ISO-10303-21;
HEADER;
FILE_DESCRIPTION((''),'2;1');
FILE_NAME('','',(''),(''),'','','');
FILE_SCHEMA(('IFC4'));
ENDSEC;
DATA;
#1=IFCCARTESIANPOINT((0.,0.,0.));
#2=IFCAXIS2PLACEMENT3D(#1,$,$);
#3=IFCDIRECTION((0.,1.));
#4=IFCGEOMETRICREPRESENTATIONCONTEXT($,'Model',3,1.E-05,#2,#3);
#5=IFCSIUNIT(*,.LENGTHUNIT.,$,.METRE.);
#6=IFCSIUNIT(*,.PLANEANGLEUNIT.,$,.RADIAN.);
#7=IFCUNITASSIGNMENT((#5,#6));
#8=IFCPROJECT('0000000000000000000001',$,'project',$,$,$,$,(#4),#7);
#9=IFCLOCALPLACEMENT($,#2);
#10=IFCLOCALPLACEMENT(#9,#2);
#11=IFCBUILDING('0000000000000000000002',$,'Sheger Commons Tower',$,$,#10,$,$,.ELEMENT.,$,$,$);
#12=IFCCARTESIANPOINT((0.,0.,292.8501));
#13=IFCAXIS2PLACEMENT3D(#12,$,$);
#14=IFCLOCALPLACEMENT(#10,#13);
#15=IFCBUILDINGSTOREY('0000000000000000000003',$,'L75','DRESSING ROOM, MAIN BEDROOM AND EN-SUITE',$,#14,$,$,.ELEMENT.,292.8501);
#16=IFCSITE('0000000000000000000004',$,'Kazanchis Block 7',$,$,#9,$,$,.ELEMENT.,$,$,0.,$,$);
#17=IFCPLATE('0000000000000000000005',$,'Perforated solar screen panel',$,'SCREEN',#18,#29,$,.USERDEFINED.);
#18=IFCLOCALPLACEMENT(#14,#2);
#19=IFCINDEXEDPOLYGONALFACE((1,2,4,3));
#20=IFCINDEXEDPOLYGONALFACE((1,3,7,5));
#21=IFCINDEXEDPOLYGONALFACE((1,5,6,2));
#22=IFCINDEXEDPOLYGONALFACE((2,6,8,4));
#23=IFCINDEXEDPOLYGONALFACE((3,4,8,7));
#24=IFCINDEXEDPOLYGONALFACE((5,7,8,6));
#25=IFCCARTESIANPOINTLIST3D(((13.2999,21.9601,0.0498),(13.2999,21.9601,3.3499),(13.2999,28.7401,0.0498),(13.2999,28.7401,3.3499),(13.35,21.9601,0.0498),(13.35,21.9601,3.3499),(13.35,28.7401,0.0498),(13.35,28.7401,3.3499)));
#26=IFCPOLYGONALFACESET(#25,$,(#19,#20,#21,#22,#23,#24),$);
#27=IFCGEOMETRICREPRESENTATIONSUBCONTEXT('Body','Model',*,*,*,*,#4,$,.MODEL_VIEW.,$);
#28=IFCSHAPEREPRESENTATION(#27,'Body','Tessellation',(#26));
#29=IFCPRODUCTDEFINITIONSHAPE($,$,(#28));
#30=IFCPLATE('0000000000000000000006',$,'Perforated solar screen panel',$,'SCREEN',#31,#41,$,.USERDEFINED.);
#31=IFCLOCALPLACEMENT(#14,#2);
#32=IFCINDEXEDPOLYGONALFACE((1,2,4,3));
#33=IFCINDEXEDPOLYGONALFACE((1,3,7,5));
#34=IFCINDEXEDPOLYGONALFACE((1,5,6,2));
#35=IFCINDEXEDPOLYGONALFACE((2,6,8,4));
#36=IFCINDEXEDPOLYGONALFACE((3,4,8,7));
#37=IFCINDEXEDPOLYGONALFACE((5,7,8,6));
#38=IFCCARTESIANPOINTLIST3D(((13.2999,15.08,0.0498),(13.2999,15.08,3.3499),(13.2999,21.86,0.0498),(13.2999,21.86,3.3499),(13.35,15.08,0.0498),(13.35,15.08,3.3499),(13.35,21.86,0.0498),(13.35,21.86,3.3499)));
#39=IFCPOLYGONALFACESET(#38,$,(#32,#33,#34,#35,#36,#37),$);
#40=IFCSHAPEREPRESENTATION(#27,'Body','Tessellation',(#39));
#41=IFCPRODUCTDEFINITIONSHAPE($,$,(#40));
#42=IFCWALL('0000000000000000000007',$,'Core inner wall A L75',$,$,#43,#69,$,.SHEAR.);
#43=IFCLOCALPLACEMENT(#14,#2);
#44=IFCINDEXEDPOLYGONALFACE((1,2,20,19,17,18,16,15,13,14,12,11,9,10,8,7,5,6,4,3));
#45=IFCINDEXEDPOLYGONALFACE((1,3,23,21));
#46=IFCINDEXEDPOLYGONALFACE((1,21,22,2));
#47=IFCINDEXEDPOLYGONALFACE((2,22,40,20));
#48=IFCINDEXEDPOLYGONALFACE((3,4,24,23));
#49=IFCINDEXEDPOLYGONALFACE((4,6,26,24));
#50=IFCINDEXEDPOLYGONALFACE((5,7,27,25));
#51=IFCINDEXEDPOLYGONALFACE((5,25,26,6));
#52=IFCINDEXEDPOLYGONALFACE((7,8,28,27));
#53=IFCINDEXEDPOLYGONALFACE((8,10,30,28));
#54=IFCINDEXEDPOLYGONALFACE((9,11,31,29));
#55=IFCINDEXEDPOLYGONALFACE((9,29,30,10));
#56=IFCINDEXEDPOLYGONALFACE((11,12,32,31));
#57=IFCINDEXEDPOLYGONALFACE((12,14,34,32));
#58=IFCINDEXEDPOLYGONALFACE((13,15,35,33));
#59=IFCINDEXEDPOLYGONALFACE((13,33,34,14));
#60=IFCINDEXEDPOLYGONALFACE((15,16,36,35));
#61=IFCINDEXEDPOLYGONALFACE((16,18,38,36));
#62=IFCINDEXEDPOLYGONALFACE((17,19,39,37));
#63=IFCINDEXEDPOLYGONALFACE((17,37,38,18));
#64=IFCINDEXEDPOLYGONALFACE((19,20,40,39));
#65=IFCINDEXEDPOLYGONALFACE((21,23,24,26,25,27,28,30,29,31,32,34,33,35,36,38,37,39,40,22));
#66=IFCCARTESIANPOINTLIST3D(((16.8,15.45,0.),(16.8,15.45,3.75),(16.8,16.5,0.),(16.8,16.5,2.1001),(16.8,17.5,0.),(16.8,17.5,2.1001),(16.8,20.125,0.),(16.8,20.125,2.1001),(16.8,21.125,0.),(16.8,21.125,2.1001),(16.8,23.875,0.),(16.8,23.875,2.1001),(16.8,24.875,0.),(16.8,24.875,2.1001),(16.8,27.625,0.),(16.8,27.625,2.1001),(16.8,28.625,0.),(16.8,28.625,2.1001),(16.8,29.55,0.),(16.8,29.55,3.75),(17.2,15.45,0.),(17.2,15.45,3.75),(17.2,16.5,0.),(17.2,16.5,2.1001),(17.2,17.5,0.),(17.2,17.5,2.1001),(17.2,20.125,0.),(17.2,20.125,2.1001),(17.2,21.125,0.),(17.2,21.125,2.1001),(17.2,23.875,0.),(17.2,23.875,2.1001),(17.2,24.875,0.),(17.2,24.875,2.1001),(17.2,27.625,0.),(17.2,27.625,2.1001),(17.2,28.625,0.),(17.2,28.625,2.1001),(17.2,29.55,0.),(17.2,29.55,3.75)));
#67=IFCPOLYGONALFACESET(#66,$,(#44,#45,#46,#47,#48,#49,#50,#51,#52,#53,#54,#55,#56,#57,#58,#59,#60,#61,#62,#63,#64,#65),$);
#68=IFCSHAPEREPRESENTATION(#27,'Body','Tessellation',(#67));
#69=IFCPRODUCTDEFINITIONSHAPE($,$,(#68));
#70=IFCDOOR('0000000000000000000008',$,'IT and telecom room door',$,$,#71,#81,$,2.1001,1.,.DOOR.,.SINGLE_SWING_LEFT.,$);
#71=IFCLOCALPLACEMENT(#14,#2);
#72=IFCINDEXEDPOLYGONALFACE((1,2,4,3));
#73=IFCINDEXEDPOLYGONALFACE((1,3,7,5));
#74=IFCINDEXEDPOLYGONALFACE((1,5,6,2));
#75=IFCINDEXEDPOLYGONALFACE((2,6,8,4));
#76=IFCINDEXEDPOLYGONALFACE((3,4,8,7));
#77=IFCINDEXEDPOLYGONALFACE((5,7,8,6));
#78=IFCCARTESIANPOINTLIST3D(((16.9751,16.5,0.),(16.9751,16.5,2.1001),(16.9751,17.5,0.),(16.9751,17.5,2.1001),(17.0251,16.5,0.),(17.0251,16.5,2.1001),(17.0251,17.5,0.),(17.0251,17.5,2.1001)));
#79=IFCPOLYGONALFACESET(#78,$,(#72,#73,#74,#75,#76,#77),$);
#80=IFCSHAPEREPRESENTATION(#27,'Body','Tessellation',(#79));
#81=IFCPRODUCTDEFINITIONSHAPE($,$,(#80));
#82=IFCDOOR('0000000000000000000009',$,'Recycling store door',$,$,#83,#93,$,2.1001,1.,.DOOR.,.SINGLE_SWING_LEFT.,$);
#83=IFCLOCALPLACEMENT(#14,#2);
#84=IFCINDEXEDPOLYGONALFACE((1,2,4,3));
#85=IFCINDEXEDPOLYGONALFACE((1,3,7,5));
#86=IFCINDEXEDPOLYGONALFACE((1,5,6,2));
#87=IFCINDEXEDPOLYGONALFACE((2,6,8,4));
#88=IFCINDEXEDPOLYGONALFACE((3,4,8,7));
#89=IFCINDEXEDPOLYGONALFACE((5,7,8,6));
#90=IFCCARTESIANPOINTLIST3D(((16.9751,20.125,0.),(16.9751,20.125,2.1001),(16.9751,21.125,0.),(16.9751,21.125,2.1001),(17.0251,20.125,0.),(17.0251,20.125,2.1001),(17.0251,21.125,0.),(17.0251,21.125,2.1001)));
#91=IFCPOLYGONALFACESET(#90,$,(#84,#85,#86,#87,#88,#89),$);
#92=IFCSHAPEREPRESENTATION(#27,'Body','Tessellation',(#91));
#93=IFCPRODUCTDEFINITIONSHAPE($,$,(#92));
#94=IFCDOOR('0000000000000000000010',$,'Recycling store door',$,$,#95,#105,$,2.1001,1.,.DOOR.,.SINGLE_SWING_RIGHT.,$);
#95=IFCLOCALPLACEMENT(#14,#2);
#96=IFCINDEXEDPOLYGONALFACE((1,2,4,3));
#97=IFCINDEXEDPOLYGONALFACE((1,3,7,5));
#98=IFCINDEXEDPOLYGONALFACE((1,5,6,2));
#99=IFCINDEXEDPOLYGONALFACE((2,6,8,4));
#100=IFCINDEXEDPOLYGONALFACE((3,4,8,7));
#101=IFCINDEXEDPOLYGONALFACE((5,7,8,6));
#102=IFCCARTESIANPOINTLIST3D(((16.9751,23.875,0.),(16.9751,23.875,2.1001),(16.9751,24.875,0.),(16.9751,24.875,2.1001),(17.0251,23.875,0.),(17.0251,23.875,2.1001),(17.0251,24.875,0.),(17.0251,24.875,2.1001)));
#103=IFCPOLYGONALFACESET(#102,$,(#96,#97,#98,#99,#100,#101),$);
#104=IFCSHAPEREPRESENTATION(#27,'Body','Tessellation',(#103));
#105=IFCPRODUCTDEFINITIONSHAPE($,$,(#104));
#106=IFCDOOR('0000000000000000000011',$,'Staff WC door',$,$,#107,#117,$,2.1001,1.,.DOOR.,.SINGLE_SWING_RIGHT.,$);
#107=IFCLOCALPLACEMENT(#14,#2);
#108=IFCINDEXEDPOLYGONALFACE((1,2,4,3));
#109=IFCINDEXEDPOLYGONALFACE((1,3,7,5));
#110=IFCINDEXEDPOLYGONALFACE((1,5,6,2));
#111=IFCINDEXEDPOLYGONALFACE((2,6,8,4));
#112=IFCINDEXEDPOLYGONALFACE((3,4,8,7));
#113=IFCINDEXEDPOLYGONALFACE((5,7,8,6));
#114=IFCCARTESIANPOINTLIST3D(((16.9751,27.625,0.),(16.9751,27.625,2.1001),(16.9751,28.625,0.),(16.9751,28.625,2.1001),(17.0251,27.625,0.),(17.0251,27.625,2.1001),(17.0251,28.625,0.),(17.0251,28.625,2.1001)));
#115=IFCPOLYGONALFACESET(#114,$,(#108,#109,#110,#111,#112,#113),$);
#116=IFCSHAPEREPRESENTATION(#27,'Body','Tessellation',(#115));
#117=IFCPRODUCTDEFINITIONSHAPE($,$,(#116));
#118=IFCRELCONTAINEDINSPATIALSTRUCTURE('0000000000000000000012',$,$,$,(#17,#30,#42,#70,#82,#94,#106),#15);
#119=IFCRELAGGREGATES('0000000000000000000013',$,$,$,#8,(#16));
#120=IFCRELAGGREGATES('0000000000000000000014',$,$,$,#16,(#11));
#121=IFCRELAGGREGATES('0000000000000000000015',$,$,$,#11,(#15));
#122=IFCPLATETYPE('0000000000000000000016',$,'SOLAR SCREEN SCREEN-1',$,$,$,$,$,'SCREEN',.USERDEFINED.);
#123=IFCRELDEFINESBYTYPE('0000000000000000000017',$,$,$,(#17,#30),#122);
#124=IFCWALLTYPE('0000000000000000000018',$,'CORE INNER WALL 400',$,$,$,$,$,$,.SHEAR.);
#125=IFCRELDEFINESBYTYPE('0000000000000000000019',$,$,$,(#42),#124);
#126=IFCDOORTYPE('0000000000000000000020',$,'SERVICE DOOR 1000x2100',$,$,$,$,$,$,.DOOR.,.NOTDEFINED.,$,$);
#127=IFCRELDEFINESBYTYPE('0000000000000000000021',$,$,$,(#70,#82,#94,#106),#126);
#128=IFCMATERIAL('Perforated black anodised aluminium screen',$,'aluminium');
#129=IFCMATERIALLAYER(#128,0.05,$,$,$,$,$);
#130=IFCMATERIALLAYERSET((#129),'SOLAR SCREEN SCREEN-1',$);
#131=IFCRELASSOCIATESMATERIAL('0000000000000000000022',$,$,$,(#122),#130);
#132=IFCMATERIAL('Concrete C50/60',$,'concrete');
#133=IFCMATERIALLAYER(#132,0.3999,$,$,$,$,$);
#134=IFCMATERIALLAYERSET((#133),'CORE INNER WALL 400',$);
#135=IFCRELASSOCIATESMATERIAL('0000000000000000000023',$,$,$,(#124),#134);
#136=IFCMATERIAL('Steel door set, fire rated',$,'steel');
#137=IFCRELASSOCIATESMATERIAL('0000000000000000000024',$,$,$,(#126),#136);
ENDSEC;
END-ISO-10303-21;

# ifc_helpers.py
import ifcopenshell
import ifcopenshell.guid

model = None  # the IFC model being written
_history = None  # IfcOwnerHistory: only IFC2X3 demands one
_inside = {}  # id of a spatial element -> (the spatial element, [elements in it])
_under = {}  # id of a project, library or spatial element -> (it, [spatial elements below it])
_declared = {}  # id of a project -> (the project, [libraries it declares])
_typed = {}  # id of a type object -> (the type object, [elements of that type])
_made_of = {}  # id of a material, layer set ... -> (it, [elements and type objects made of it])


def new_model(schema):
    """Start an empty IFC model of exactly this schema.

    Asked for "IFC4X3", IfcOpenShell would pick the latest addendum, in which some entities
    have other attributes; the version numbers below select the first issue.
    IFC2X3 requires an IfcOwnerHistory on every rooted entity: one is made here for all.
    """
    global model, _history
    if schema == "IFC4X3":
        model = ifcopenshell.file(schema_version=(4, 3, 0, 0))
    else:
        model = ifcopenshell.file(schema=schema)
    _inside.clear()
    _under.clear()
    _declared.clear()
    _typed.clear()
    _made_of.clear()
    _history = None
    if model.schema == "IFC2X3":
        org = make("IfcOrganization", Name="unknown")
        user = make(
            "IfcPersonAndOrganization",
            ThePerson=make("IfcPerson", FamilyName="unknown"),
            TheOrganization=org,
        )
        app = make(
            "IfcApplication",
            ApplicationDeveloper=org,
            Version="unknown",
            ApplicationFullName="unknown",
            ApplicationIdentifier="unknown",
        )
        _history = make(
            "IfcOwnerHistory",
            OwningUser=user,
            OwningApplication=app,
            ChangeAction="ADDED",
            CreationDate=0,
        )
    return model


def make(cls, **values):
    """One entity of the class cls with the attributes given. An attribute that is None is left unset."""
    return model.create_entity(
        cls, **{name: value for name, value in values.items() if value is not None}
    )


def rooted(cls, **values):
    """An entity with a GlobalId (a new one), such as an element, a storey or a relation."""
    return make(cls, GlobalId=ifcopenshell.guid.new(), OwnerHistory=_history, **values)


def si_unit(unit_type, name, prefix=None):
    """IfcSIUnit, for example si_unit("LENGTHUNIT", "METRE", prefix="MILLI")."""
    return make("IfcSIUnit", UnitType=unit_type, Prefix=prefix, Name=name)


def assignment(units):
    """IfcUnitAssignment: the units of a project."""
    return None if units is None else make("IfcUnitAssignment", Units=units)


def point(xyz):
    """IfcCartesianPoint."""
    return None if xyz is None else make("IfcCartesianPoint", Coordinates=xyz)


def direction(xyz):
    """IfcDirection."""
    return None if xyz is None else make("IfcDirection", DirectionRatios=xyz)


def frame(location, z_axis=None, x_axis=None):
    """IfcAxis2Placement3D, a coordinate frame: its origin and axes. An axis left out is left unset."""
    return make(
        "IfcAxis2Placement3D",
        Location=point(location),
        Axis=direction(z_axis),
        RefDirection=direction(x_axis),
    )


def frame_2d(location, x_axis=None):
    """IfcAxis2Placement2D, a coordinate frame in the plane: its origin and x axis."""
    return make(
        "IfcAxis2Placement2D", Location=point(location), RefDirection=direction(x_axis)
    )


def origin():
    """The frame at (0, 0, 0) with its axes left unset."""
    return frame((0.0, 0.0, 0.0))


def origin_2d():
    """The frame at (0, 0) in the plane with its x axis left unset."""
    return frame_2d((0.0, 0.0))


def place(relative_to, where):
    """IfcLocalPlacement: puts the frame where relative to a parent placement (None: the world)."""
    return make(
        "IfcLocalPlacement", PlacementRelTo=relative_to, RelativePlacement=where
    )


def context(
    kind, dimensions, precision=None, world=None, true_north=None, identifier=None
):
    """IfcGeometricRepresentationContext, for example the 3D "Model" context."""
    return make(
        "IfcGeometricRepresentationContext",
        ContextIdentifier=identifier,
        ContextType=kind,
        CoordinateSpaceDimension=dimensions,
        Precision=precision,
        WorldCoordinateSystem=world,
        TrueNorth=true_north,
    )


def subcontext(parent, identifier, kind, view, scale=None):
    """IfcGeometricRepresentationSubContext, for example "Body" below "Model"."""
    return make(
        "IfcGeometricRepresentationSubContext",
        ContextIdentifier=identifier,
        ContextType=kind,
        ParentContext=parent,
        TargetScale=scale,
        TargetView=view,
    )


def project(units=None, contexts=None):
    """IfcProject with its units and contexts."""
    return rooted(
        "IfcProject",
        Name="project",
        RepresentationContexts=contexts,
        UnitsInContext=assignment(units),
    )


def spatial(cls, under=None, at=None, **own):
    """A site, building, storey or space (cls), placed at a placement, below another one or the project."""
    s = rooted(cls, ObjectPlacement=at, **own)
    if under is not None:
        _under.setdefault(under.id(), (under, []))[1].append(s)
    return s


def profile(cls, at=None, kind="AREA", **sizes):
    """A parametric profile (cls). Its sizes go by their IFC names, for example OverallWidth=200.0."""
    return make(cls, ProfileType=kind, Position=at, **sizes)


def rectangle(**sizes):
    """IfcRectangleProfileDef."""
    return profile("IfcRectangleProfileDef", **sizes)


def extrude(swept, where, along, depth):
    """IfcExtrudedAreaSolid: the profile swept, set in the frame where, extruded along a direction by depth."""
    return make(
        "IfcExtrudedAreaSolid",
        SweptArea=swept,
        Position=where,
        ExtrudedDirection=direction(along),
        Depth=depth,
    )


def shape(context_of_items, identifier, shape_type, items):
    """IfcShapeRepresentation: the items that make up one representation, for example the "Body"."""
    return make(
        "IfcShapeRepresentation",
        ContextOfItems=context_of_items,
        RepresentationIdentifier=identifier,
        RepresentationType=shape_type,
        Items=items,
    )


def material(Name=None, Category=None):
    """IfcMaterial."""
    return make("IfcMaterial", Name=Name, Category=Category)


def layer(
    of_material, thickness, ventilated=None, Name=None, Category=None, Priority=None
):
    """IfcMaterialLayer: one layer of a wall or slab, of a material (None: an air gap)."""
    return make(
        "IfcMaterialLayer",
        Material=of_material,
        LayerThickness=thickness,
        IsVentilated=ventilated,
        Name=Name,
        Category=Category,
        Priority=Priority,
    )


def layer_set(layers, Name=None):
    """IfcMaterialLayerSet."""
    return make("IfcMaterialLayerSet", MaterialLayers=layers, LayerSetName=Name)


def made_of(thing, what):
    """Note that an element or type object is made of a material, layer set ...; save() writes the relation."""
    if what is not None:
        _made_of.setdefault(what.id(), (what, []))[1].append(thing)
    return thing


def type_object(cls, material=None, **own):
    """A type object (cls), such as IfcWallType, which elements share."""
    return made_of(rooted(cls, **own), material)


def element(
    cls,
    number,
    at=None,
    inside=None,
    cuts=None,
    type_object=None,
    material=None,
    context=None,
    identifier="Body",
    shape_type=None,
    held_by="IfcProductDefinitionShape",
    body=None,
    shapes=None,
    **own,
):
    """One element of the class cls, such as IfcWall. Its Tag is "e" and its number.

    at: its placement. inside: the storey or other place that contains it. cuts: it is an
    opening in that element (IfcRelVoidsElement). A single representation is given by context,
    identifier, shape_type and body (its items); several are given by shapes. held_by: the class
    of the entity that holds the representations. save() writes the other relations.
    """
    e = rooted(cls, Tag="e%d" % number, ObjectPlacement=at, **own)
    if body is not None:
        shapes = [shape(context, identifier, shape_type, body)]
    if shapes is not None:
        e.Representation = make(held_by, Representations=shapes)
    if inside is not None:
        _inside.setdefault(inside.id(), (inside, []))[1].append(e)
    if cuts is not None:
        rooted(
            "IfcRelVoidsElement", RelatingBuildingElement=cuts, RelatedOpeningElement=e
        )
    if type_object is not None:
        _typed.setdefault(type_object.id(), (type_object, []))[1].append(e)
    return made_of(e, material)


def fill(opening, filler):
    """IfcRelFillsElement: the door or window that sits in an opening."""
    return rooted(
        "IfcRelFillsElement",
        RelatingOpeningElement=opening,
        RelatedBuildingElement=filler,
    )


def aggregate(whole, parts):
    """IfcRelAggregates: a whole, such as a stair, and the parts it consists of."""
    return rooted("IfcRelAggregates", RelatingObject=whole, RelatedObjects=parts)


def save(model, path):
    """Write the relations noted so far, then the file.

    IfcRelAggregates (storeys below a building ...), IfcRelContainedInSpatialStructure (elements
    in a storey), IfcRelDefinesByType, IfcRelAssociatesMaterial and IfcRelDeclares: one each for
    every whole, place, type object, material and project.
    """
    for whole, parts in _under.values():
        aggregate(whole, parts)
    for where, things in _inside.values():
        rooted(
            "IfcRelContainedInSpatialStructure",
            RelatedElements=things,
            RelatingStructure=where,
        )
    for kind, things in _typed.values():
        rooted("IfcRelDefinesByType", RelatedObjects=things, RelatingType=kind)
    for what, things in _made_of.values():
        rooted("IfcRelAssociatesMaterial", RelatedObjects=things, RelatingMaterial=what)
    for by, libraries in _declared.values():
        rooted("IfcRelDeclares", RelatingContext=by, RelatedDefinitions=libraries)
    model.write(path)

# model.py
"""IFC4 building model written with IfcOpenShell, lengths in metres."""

from ifc_helpers import new_model, si_unit, direction, frame, frame_2d, origin, origin_2d, place, context, subcontext, project, spatial, rectangle, extrude, material, layer, layer_set, type_object, element, fill, save


model = new_model("IFC4")

# Units and contexts
model_context = context("Model", 3, precision=1e-05, world=origin(), true_north=direction((0.0, 1.0)))
body_context = subcontext(model_context, "Body", "Model", "MODEL_VIEW")
ifc_project = project(units=[si_unit("LENGTHUNIT", "METRE"), si_unit("PLANEANGLEUNIT", "RADIAN")], contexts=[model_context])

# Site, building, storey
site_placement = place(None, origin())
site = spatial("IfcSite", under=ifc_project, at=site_placement, Name="Kazanchis Block 7", CompositionType="ELEMENT", RefElevation=0.0)
building_placement = place(site_placement, origin())
building = spatial("IfcBuilding", under=site, at=building_placement, Name="Sheger Commons Tower", CompositionType="ELEMENT")
storey_placement = place(building_placement, frame((0.0, 0.0, 292.8501)))
storey = spatial("IfcBuildingStorey", under=building, at=storey_placement, Name="L75", Description="DRESSING ROOM, MAIN BEDROOM AND EN-SUITE", CompositionType="ELEMENT", Elevation=292.8501)

# Plates
ifc_material_1 = material(Name="Perforated black anodised aluminium screen", Category="aluminium")
ifc_layer_1 = layer(ifc_material_1, 0.05)
ifc_layer_set_1 = layer_set([ifc_layer_1], Name="SOLAR SCREEN SCREEN-1")
plate_type = type_object("IfcPlateType", Name="SOLAR SCREEN SCREEN-1", ElementType="SCREEN", PredefinedType="USERDEFINED", material=ifc_layer_set_1)
for number, where, z_axis, x_axis, name in (
    (1, (13.325, 25.3501, 0.0498), (0.0, 0.0, 1.0), (0.0, -1.0, 0.0), "Perforated solar screen panel"),
    (2, (13.325, 18.47, 0.0498), (0.0, 0.0, 1.0), (0.0, -1.0, 0.0), "Perforated solar screen panel"),
):
    element("IfcPlate", number, at=place(storey_placement, frame(where, z_axis=z_axis, x_axis=x_axis)), inside=storey, type_object=plate_type, Name=name, ObjectType="SCREEN", PredefinedType="USERDEFINED", context=body_context, shape_type="SweptSolid", body=[
        extrude(rectangle(XDim=6.78, YDim=0.05, at=origin_2d()), origin(), (0.0, 0.0, 1.0), 3.3),
    ])

# Wall, openings, doors
ifc_material_2 = material(Name="Concrete C50/60", Category="concrete")
ifc_layer_2 = layer(ifc_material_2, 0.3999)
ifc_layer_set_2 = layer_set([ifc_layer_2], Name="CORE INNER WALL 400")
wall_type_1 = type_object("IfcWallType", Name="CORE INNER WALL 400", PredefinedType="SHEAR", material=ifc_layer_set_2)
wall_1_placement = place(storey_placement, frame((17.0, 15.45, 0.0), z_axis=(0.0, 0.0, 1.0), x_axis=(0.0, 1.0, 0.0)))
wall_1 = element("IfcWall", 3, at=wall_1_placement, inside=storey, type_object=wall_type_1, Name="Core inner wall A L75", PredefinedType="SHEAR", context=body_context, shape_type="SweptSolid", body=[
    extrude(rectangle(XDim=14.1001, YDim=0.3999, at=frame_2d((7.05, 0.0))), origin(), (0.0, 0.0, 1.0), 3.75),
])
opening_1_placement = place(wall_1_placement, frame((1.05, 0.0, 0.0)))
opening_1 = element("IfcOpeningElement", 4, at=opening_1_placement, cuts=wall_1, PredefinedType="OPENING", context=body_context, shape_type="SweptSolid", body=[
    extrude(rectangle(XDim=1.0, YDim=2.1001, at=frame_2d((0.5, 1.05))), frame((0.0, 0.21, 0.0), z_axis=(0.0, -1.0, 0.0), x_axis=(1.0, 0.0, 0.0)), (0.0, 0.0, 1.0), 0.4199),
])
opening_2_placement = place(wall_1_placement, frame((4.675, 0.0, 0.0)))
opening_2 = element("IfcOpeningElement", 5, at=opening_2_placement, cuts=wall_1, PredefinedType="OPENING", context=body_context, shape_type="SweptSolid", body=[
    extrude(rectangle(XDim=1.0, YDim=2.1001, at=frame_2d((0.5, 1.05))), frame((0.0, 0.21, 0.0), z_axis=(0.0, -1.0, 0.0), x_axis=(1.0, 0.0, 0.0)), (0.0, 0.0, 1.0), 0.4199),
])
opening_3_placement = place(wall_1_placement, frame((8.425, 0.0, 0.0)))
opening_3 = element("IfcOpeningElement", 6, at=opening_3_placement, cuts=wall_1, PredefinedType="OPENING", context=body_context, shape_type="SweptSolid", body=[
    extrude(rectangle(XDim=1.0, YDim=2.1001, at=frame_2d((0.5, 1.05))), frame((0.0, 0.21, 0.0), z_axis=(0.0, -1.0, 0.0), x_axis=(1.0, 0.0, 0.0)), (0.0, 0.0, 1.0), 0.4199),
])
opening_4_placement = place(wall_1_placement, frame((12.175, 0.0, 0.0)))
opening_4 = element("IfcOpeningElement", 7, at=opening_4_placement, cuts=wall_1, PredefinedType="OPENING", context=body_context, shape_type="SweptSolid", body=[
    extrude(rectangle(XDim=1.0, YDim=2.1001, at=frame_2d((0.5, 1.05))), frame((0.0, 0.21, 0.0), z_axis=(0.0, -1.0, 0.0), x_axis=(1.0, 0.0, 0.0)), (0.0, 0.0, 1.0), 0.4199),
])
ifc_material_3 = material(Name="Steel door set, fire rated", Category="steel")
door_type_1 = type_object("IfcDoorType", Name="SERVICE DOOR 1000x2100", OperationType="NOTDEFINED", PredefinedType="DOOR", material=ifc_material_3)
door_1_placement = place(opening_1_placement, origin())
door_1 = element("IfcDoor", 8, at=door_1_placement, inside=storey, type_object=door_type_1, Name="IT and telecom room door", OperationType="SINGLE_SWING_LEFT", OverallHeight=2.1001, OverallWidth=1.0, PredefinedType="DOOR", context=body_context, shape_type="SweptSolid", body=[
    extrude(rectangle(XDim=1.0, YDim=2.1001, at=frame_2d((0.5, 1.05))), frame((0.0, 0.0249, 0.0), z_axis=(0.0, -1.0, 0.0), x_axis=(1.0, 0.0, 0.0)), (0.0, 0.0, 1.0), 0.05),
])
fill(opening_1, door_1)
door_2_placement = place(opening_2_placement, origin())
door_2 = element("IfcDoor", 9, at=door_2_placement, inside=storey, type_object=door_type_1, Name="Recycling store door", OperationType="SINGLE_SWING_LEFT", OverallHeight=2.1001, OverallWidth=1.0, PredefinedType="DOOR", context=body_context, shape_type="SweptSolid", body=[
    extrude(rectangle(XDim=1.0, YDim=2.1001, at=frame_2d((0.5, 1.05))), frame((0.0, 0.0249, 0.0), z_axis=(0.0, -1.0, 0.0), x_axis=(1.0, 0.0, 0.0)), (0.0, 0.0, 1.0), 0.05),
])
fill(opening_2, door_2)
door_3_placement = place(opening_3_placement, origin())
door_3 = element("IfcDoor", 10, at=door_3_placement, inside=storey, type_object=door_type_1, Name="Recycling store door", OperationType="SINGLE_SWING_RIGHT", OverallHeight=2.1001, OverallWidth=1.0, PredefinedType="DOOR", context=body_context, shape_type="SweptSolid", body=[
    extrude(rectangle(XDim=1.0, YDim=2.1001, at=frame_2d((0.5, 1.05))), frame((0.0, 0.0249, 0.0), z_axis=(0.0, -1.0, 0.0), x_axis=(1.0, 0.0, 0.0)), (0.0, 0.0, 1.0), 0.05),
])
fill(opening_3, door_3)
door_4_placement = place(opening_4_placement, origin())
door_4 = element("IfcDoor", 11, at=door_4_placement, inside=storey, type_object=door_type_1, Name="Staff WC door", OperationType="SINGLE_SWING_RIGHT", OverallHeight=2.1001, OverallWidth=1.0, PredefinedType="DOOR", context=body_context, shape_type="SweptSolid", body=[
    extrude(rectangle(XDim=1.0, YDim=2.1001, at=frame_2d((0.5, 1.05))), frame((0.0, 0.0249, 0.0), z_axis=(0.0, -1.0, 0.0), x_axis=(1.0, 0.0, 0.0)), (0.0, 0.0, 1.0), 0.05),
])
fill(opening_4, door_4)

save(model, "model.ifc")
